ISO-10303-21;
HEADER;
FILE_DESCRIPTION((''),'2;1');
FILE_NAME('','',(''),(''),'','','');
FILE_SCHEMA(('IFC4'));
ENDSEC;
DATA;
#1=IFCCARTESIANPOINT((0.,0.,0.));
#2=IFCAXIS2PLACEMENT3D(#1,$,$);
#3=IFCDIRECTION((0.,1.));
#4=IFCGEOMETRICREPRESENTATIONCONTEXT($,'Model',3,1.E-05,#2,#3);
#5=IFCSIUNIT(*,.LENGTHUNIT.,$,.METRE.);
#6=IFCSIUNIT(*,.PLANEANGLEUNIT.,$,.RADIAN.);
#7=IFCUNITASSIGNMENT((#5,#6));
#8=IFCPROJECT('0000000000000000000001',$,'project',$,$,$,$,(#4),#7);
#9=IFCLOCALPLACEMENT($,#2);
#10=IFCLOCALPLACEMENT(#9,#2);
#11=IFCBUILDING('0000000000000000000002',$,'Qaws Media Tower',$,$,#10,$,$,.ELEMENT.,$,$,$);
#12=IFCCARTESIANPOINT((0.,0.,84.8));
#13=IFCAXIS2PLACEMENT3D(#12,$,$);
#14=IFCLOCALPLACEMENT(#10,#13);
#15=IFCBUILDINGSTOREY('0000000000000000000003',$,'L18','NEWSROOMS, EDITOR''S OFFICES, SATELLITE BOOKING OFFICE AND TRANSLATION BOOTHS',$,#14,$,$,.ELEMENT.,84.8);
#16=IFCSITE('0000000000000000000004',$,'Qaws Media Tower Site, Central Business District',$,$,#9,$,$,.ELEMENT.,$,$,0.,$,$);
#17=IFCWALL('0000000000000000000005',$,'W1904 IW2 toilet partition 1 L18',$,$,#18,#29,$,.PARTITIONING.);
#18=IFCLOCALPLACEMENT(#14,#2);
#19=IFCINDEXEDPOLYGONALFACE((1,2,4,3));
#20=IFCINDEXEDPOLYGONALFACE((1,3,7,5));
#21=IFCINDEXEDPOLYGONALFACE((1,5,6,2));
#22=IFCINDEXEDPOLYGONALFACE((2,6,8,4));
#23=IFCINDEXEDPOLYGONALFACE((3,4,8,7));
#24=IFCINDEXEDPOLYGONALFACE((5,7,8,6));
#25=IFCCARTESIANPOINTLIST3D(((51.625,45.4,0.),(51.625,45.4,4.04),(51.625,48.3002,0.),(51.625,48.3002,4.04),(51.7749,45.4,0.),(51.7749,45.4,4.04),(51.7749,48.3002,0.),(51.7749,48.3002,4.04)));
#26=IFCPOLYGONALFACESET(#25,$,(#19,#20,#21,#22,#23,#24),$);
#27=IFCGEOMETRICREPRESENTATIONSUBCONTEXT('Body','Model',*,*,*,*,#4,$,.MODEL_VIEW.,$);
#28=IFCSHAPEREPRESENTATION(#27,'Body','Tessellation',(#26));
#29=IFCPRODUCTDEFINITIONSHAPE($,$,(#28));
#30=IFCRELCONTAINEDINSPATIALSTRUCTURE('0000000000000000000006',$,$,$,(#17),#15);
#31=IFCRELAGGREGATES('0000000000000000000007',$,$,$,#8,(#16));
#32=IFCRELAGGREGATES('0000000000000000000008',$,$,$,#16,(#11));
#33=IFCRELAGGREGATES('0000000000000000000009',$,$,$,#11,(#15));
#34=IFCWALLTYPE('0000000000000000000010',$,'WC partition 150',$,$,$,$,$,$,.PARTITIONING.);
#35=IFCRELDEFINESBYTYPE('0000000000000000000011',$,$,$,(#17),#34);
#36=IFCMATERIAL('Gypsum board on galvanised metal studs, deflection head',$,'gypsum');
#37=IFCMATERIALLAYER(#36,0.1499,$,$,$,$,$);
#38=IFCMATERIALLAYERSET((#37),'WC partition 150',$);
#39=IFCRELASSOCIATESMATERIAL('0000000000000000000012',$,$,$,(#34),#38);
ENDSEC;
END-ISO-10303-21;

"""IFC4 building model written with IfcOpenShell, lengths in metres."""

from ifc_helpers import new_model, si_unit, direction, frame, frame_2d, origin, place, context, subcontext, project, spatial, rectangle, extrude, material, layer, layer_set, type_object, element, save


model = new_model("IFC4")

# Units and contexts
model_context = context("Model", 3, precision=1e-05, world=origin(), true_north=direction((0.0, 1.0)))
body_context = subcontext(model_context, "Body", "Model", "MODEL_VIEW")
ifc_project = project(units=[si_unit("LENGTHUNIT", "METRE"), si_unit("PLANEANGLEUNIT", "RADIAN")], contexts=[model_context])

# Site, building, storey
site_placement = place(None, origin())
site = spatial("IfcSite", under=ifc_project, at=site_placement, Name="Qaws Media Tower Site, Central Business District", CompositionType="ELEMENT", RefElevation=0.0)
building_placement = place(site_placement, origin())
building = spatial("IfcBuilding", under=site, at=building_placement, Name="Qaws Media Tower", CompositionType="ELEMENT")
storey_placement = place(building_placement, frame((0.0, 0.0, 84.8)))
storey = spatial("IfcBuildingStorey", under=building, at=storey_placement, Name="L18", Description="NEWSROOMS, EDITOR'S OFFICES, SATELLITE BOOKING OFFICE AND TRANSLATION BOOTHS", CompositionType="ELEMENT", Elevation=84.8)

# Wall
ifc_material_1 = material(Name="Gypsum board on galvanised metal studs, deflection head", Category="gypsum")
ifc_layer_1 = layer(ifc_material_1, 0.1499)
ifc_layer_set_1 = layer_set([ifc_layer_1], Name="WC partition 150")
wall_type_1 = type_object("IfcWallType", Name="WC partition 150", PredefinedType="PARTITIONING", material=ifc_layer_set_1)
wall_1_placement = place(storey_placement, frame((51.7, 45.3999, 0.0), z_axis=(0.0, 0.0, 1.0), x_axis=(0.0, 1.0, 0.0)))
element("IfcWall", 1, at=wall_1_placement, inside=storey, type_object=wall_type_1, Name="W1904 IW2 toilet partition 1 L18", PredefinedType="PARTITIONING", context=body_context, shape_type="SweptSolid", body=[
    extrude(rectangle(XDim=2.9001, YDim=0.1499, at=frame_2d((1.4502, 0.0))), origin(), (0.0, 0.0, 1.0), 4.04),
])

save(model, "model.ifc")
